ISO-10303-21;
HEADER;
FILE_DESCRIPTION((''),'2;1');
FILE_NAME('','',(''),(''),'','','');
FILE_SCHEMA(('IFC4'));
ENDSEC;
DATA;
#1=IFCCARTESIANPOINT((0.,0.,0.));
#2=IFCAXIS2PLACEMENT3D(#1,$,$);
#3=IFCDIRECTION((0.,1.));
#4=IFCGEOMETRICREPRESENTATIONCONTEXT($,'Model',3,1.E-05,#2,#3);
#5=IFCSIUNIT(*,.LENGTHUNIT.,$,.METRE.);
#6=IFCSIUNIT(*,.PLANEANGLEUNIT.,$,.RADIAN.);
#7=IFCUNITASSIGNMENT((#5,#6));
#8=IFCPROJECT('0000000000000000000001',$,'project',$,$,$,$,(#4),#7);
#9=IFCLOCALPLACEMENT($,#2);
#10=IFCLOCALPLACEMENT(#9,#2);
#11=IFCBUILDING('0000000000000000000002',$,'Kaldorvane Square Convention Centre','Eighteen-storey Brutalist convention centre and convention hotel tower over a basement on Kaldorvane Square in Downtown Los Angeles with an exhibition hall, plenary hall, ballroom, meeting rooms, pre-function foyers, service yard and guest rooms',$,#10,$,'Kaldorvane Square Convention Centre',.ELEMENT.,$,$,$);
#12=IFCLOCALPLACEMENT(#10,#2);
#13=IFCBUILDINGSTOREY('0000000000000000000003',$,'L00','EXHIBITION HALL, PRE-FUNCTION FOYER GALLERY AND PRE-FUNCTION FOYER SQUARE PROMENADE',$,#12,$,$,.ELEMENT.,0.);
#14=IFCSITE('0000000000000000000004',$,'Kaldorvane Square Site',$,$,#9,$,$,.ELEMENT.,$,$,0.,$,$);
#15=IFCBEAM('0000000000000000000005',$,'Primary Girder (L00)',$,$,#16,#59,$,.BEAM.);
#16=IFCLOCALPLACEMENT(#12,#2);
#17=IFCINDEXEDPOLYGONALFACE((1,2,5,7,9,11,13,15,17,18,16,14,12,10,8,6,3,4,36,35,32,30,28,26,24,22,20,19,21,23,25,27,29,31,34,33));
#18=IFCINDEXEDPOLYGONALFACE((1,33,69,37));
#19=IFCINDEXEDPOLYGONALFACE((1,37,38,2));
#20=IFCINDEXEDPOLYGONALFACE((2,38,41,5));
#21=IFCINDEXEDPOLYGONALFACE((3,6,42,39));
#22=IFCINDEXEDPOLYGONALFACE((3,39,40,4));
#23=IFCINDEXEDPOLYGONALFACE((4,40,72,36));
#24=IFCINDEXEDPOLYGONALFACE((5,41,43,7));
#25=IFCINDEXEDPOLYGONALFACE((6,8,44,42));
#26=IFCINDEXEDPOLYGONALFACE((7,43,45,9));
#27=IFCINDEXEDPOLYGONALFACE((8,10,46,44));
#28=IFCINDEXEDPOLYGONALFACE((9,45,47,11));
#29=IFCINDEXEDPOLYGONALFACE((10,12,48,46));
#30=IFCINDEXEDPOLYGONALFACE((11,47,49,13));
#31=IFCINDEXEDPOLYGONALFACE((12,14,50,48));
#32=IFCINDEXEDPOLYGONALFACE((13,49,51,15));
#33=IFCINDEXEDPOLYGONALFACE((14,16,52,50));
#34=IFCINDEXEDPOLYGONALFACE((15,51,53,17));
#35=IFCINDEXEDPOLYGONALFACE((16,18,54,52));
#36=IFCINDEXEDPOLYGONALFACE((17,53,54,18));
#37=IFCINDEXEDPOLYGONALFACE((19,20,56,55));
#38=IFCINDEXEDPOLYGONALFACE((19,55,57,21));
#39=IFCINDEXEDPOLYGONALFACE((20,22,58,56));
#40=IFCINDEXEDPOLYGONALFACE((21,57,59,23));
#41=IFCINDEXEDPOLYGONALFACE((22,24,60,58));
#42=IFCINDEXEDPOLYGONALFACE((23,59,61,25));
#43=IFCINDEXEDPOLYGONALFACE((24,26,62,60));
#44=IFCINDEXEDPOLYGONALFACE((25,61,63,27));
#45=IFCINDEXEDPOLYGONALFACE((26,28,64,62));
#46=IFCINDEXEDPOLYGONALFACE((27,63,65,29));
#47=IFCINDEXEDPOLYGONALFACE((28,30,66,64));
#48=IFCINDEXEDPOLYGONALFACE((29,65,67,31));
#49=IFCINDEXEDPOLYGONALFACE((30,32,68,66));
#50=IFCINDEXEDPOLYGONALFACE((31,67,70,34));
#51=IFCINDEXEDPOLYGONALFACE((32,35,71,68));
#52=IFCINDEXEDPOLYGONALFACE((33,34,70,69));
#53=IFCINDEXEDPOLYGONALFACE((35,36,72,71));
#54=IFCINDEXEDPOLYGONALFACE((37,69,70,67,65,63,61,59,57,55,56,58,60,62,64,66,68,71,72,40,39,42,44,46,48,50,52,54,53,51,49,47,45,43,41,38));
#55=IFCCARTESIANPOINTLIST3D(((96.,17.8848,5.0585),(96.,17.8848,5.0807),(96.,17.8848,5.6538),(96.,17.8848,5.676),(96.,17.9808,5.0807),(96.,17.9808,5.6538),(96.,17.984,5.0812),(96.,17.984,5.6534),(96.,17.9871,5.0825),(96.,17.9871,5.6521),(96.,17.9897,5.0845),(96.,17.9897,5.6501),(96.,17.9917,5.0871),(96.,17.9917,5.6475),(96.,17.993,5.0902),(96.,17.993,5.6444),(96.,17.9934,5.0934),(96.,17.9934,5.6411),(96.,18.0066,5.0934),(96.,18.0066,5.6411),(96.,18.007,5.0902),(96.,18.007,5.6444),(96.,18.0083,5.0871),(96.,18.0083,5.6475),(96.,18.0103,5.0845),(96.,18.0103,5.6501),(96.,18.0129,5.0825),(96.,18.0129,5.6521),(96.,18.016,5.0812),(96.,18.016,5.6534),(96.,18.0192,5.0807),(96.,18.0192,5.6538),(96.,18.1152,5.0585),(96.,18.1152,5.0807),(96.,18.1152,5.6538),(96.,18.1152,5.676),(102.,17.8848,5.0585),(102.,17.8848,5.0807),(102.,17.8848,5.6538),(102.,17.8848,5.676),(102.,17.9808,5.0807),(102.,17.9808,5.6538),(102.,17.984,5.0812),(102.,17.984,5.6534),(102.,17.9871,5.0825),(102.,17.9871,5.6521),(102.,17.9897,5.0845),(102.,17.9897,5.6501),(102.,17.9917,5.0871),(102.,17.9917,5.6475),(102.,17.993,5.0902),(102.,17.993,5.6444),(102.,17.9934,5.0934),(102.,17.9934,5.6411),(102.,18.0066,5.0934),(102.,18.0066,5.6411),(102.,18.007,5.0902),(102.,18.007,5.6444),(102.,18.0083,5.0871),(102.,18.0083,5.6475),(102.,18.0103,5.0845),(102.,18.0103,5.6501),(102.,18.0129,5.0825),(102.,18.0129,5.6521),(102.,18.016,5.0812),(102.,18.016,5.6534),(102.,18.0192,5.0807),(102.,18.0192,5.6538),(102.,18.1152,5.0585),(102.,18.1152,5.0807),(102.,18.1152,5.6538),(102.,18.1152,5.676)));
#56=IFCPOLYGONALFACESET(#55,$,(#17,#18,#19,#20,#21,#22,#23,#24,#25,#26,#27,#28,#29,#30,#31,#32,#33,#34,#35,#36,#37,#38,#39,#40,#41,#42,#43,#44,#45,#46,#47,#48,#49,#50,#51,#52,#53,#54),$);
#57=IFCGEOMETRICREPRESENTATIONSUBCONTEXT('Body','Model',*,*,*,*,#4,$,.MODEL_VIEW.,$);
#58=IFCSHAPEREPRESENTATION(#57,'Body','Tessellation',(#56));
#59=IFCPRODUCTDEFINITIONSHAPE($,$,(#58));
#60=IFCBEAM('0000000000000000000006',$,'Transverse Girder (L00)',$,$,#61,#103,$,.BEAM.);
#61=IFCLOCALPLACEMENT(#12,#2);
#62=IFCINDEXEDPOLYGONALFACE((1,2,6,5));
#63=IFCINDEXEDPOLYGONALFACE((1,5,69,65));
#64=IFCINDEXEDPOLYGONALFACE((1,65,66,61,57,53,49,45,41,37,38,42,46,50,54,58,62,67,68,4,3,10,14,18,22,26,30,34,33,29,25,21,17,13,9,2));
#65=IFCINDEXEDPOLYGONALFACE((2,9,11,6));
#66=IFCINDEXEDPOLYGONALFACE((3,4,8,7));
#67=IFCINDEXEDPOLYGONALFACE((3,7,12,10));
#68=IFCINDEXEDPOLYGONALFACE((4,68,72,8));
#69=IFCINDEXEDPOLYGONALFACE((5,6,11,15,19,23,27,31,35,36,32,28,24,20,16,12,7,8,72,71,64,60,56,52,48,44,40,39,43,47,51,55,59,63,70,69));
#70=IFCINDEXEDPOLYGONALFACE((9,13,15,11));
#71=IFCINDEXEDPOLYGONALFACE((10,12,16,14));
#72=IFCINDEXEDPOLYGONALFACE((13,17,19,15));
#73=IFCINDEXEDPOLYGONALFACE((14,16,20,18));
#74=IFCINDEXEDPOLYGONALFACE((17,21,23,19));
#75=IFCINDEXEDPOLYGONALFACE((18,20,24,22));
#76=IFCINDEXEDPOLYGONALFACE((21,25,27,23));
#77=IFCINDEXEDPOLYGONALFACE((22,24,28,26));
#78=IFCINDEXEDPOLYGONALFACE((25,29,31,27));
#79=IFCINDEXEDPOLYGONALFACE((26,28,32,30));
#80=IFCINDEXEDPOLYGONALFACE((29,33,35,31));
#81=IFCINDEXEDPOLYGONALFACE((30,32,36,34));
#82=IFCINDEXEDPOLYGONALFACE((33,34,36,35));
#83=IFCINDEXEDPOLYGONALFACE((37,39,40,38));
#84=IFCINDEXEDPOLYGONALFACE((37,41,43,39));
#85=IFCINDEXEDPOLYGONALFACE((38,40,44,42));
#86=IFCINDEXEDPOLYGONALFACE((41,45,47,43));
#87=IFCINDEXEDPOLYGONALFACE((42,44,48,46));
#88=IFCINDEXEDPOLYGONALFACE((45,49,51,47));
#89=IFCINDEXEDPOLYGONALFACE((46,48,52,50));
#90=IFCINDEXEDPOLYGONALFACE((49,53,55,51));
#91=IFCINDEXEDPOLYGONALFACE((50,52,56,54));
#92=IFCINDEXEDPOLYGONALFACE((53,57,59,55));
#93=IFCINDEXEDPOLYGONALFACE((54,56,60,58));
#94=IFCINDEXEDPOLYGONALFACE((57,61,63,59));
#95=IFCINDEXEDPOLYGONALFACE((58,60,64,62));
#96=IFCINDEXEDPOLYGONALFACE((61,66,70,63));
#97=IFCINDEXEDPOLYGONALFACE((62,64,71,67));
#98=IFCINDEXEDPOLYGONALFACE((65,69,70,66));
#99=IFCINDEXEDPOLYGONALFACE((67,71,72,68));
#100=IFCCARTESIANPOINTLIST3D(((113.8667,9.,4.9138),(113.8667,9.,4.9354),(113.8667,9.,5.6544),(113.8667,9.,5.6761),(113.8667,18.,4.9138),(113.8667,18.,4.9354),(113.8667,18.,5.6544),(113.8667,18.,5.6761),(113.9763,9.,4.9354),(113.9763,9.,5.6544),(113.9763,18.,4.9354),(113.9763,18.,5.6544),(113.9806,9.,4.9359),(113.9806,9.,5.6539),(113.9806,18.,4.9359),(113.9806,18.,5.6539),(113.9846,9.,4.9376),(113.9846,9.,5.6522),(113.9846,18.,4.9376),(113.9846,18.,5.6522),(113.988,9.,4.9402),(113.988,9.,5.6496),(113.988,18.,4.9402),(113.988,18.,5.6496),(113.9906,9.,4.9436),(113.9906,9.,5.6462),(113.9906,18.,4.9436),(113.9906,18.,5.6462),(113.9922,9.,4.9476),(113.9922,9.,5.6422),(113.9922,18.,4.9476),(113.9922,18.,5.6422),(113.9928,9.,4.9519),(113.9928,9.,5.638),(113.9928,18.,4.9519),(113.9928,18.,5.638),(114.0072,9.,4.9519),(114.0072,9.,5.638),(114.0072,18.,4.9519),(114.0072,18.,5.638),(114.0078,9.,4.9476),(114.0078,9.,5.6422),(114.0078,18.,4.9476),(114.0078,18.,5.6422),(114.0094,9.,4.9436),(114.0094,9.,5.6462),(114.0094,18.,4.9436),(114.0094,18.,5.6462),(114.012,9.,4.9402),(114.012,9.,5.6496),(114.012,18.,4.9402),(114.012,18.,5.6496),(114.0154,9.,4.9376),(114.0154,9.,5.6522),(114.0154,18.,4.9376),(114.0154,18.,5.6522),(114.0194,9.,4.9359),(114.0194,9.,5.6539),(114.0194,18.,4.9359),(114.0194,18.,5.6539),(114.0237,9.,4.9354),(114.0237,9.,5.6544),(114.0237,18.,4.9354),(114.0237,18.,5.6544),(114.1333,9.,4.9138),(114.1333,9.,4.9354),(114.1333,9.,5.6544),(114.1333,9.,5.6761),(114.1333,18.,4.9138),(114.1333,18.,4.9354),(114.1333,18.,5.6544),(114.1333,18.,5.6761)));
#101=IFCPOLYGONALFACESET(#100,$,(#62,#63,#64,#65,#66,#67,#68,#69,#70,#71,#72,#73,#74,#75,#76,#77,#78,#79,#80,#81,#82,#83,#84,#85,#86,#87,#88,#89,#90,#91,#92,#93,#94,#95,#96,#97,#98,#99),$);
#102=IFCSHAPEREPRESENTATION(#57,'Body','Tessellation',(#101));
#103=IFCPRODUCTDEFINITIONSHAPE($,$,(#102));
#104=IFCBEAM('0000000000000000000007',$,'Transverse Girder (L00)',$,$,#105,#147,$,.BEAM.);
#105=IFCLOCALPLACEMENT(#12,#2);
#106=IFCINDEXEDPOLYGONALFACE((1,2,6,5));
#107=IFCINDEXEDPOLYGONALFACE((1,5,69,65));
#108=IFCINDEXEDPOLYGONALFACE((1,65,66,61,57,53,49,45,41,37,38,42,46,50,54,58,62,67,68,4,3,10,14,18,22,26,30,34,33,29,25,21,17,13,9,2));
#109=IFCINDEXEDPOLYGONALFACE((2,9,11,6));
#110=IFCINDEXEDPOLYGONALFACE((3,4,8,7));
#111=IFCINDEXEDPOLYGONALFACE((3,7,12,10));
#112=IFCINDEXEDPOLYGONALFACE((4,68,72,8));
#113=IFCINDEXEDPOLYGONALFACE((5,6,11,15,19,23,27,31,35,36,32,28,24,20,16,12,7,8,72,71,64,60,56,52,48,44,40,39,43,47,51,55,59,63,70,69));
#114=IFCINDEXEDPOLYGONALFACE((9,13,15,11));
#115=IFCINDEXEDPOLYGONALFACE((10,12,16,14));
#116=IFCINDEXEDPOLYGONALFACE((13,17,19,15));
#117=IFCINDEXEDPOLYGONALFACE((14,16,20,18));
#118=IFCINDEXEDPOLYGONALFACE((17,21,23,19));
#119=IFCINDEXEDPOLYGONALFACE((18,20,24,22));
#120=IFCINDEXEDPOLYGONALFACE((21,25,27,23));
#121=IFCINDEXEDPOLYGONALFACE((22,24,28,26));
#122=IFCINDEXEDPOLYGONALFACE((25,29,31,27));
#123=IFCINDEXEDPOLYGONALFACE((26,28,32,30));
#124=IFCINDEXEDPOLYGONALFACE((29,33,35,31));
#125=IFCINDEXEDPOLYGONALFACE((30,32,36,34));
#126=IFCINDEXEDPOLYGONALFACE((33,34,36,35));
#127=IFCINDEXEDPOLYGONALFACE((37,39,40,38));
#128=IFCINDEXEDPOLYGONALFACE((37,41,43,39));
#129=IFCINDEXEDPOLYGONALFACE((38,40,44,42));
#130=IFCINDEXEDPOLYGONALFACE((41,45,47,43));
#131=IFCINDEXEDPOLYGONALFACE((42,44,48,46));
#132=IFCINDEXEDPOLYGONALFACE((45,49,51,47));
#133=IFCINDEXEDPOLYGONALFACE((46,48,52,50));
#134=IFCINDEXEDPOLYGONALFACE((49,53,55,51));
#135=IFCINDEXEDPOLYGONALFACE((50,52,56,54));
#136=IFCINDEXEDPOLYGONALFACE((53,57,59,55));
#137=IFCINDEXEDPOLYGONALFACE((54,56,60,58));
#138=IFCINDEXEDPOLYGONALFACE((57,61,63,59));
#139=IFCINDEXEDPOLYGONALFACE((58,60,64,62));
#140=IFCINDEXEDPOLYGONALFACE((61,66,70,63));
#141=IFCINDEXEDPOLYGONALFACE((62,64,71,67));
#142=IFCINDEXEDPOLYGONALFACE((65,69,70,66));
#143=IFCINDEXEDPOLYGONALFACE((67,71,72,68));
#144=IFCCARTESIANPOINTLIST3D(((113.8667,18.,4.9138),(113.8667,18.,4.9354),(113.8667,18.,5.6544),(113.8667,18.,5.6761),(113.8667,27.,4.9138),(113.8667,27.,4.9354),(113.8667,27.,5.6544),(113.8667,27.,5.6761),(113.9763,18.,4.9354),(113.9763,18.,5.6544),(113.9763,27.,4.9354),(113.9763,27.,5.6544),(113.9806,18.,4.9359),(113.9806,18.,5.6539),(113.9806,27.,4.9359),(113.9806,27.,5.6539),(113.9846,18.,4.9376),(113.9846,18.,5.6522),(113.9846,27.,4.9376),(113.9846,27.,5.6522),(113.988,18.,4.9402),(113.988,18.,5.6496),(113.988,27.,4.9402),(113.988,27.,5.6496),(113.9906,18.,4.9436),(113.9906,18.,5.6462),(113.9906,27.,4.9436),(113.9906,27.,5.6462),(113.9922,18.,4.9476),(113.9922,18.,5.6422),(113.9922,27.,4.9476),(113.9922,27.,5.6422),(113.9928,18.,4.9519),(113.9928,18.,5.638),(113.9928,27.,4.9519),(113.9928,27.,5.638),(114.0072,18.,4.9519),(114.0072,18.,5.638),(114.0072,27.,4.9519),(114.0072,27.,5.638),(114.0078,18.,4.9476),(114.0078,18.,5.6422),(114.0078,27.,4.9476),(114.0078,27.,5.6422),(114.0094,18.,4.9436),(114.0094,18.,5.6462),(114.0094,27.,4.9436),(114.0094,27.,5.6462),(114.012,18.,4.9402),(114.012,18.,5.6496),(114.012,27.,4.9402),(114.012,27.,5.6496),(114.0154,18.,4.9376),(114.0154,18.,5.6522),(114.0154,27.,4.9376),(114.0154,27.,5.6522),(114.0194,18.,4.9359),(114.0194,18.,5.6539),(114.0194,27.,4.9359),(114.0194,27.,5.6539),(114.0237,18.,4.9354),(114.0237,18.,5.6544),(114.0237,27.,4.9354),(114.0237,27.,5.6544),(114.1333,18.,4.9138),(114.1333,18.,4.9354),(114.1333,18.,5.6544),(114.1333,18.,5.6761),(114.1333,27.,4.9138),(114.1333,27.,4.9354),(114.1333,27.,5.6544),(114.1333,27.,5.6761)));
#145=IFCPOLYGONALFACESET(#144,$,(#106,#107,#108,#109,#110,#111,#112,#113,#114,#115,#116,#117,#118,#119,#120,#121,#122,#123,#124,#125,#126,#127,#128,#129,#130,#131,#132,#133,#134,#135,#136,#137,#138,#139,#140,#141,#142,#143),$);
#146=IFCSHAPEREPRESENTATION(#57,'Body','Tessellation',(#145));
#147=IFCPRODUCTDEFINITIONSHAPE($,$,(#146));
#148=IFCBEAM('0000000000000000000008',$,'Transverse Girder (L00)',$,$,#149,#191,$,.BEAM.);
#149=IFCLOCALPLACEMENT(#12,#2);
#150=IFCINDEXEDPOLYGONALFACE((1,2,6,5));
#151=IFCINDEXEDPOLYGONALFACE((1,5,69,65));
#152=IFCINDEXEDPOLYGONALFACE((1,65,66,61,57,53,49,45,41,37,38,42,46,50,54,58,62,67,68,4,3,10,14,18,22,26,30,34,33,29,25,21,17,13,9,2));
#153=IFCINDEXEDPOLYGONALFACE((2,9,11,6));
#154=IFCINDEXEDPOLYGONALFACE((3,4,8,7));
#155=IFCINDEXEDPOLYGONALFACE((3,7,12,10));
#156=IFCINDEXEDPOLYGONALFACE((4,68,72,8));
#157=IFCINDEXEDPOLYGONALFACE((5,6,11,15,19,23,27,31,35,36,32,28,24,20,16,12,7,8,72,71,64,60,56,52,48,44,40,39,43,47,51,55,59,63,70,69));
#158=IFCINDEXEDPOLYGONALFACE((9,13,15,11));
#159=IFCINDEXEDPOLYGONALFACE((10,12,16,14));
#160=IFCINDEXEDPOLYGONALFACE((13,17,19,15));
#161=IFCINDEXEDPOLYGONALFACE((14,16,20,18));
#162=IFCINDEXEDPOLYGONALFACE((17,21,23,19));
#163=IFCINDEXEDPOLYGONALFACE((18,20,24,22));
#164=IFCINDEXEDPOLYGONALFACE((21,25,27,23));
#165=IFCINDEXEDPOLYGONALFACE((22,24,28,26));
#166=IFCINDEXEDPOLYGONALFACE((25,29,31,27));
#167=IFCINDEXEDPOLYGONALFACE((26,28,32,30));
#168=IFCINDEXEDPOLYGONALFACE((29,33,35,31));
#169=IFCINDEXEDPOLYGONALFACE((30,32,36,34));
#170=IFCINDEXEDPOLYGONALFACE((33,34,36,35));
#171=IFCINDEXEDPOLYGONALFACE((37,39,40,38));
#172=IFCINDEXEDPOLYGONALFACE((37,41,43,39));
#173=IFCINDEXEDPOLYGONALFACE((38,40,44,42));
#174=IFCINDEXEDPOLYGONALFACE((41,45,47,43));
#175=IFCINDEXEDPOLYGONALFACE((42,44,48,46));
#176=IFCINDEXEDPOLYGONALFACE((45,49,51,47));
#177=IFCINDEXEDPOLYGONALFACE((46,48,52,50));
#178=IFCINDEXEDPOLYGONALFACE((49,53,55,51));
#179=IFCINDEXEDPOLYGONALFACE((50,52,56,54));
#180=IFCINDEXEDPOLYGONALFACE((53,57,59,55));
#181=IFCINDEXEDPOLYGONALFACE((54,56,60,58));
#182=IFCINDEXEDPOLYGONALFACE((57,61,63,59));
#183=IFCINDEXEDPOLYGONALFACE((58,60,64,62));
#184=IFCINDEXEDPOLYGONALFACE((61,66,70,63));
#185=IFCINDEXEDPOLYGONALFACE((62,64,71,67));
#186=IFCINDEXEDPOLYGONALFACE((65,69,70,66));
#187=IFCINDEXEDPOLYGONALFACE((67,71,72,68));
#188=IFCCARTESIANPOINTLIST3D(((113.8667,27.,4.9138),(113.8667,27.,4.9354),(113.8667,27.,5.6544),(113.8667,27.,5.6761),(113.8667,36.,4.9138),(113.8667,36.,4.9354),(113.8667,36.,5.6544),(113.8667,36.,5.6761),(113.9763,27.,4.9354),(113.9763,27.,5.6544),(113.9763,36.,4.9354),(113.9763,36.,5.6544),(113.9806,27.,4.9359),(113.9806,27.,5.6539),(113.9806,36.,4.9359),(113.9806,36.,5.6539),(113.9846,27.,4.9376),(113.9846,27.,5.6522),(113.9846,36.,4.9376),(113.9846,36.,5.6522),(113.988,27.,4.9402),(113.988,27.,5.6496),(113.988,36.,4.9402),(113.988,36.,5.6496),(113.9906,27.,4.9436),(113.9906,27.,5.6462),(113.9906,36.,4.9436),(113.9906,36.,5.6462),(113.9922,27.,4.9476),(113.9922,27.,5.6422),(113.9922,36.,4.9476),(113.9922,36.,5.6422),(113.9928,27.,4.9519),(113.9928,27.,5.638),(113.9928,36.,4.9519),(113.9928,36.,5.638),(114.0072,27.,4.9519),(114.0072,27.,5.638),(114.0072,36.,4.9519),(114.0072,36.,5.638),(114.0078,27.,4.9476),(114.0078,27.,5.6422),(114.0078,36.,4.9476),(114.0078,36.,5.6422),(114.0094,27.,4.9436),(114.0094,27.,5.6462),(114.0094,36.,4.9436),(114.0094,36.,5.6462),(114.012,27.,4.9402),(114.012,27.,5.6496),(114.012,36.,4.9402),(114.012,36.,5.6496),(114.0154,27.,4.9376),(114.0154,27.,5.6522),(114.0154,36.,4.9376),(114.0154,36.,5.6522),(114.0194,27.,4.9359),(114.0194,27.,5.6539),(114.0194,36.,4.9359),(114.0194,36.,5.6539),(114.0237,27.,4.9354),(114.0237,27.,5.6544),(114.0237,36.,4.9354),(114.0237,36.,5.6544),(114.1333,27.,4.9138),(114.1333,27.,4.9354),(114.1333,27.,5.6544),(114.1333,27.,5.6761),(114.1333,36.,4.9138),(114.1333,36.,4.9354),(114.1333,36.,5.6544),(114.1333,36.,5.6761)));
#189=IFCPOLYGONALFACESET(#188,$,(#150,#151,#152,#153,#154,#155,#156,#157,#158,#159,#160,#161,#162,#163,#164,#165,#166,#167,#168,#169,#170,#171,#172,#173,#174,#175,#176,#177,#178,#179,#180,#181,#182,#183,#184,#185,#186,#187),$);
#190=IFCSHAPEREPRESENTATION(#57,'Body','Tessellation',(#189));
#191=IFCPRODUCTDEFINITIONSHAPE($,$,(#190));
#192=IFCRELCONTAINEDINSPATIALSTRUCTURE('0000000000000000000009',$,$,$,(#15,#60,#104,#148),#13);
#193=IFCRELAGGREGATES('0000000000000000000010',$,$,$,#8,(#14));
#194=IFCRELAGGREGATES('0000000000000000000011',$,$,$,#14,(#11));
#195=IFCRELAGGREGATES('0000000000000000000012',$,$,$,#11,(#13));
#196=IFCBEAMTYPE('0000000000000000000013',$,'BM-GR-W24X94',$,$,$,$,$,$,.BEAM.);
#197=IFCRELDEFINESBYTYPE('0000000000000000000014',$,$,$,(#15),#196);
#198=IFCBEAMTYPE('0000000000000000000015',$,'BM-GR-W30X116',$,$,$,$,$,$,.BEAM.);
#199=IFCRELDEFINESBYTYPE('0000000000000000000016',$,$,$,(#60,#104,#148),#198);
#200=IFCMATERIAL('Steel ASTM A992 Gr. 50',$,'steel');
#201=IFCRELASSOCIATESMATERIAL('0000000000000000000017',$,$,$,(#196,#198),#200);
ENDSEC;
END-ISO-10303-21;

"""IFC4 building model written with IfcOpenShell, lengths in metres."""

from ifc_helpers import new_model, si_unit, direction, frame, origin, origin_2d, place, context, subcontext, project, spatial, i_section, extrude, material, material_profile, profile_set, type_object, element, save


model = new_model("IFC4")

# Units and contexts
model_context = context("Model", 3, precision=1e-05, world=origin(), true_north=direction((0.0, 1.0)))
body_context = subcontext(model_context, "Body", "Model", "MODEL_VIEW")
ifc_project = project(units=[si_unit("LENGTHUNIT", "METRE"), si_unit("PLANEANGLEUNIT", "RADIAN")], contexts=[model_context])

# Site, building, storey
site_placement = place(None, origin())
site = spatial("IfcSite", under=ifc_project, at=site_placement, Name="Kaldorvane Square Site", CompositionType="ELEMENT", RefElevation=0.0)
building_placement = place(site_placement, origin())
building = spatial("IfcBuilding", under=site, at=building_placement, Name="Kaldorvane Square Convention Centre", Description="Eighteen-storey Brutalist convention centre and convention hotel tower over a basement on Kaldorvane Square in Downtown Los Angeles with an exhibition hall, plenary hall, ballroom, meeting rooms, pre-function foyers, service yard and guest rooms", LongName="Kaldorvane Square Convention Centre", CompositionType="ELEMENT")
storey_placement = place(building_placement, origin())
storey = spatial("IfcBuildingStorey", under=building, at=storey_placement, Name="L00", Description="EXHIBITION HALL, PRE-FUNCTION FOYER GALLERY AND PRE-FUNCTION FOYER SQUARE PROMENADE", CompositionType="ELEMENT", Elevation=0.0)

# Shared definitions
ifc_material_1 = material(Name="Steel ASTM A992 Gr. 50", Category="steel")

# Beams
ifc_material_profile_1 = material_profile(ifc_material_1, i_section(OverallWidth=0.2303, OverallDepth=0.6175, WebThickness=0.0131, FlangeThickness=0.0222, FilletRadius=0.0127, at=origin_2d()), Name="W24X94")
ifc_profile_set_1 = profile_set([ifc_material_profile_1], Name="Steel ASTM A992 Gr. 50")
beam_type_1 = type_object("IfcBeamType", Name="BM-GR-W24X94", PredefinedType="BEAM", material=ifc_profile_set_1)
for number, where, z_axis, x_axis, name in (
    (1, (96.0, 18.0, 5.3673), (1.0, 0.0, 0.0), (0.0, 1.0, 0.0), "Primary Girder (L00)"),
):
    element("IfcBeam", number, at=place(storey_placement, frame(where, z_axis=z_axis, x_axis=x_axis)), inside=storey, type_object=beam_type_1, Name=name, PredefinedType="BEAM", context=body_context, shape_type="SweptSolid", body=[
        extrude(i_section(OverallWidth=0.2303, OverallDepth=0.6175, WebThickness=0.0131, FlangeThickness=0.0222, FilletRadius=0.0127, at=origin_2d()), origin(), (0.0, 0.0, 1.0), 6.0),
    ])
ifc_material_profile_2 = material_profile(ifc_material_1, i_section(OverallWidth=0.2666, OverallDepth=0.7623, WebThickness=0.0144, FlangeThickness=0.0216, FilletRadius=0.0165, at=origin_2d()), Name="W30X116")
ifc_profile_set_2 = profile_set([ifc_material_profile_2], Name="Steel ASTM A992 Gr. 50")
beam_type_2 = type_object("IfcBeamType", Name="BM-GR-W30X116", PredefinedType="BEAM", material=ifc_profile_set_2)
for number, where, z_axis, x_axis, name in (
    (2, (114.0, 9.0, 5.2949), (0.0, 1.0, 0.0), (-1.0, 0.0, 0.0), "Transverse Girder (L00)"),
    (3, (114.0, 18.0, 5.2949), (0.0, 1.0, 0.0), (-1.0, 0.0, 0.0), "Transverse Girder (L00)"),
    (4, (114.0, 27.0, 5.2949), (0.0, 1.0, 0.0), (-1.0, 0.0, 0.0), "Transverse Girder (L00)"),
):
    element("IfcBeam", number, at=place(storey_placement, frame(where, z_axis=z_axis, x_axis=x_axis)), inside=storey, type_object=beam_type_2, Name=name, PredefinedType="BEAM", context=body_context, shape_type="SweptSolid", body=[
        extrude(i_section(OverallWidth=0.2666, OverallDepth=0.7623, WebThickness=0.0144, FlangeThickness=0.0216, FilletRadius=0.0165, at=origin_2d()), origin(), (0.0, 0.0, 1.0), 9.0),
    ])

save(model, "model.ifc")
